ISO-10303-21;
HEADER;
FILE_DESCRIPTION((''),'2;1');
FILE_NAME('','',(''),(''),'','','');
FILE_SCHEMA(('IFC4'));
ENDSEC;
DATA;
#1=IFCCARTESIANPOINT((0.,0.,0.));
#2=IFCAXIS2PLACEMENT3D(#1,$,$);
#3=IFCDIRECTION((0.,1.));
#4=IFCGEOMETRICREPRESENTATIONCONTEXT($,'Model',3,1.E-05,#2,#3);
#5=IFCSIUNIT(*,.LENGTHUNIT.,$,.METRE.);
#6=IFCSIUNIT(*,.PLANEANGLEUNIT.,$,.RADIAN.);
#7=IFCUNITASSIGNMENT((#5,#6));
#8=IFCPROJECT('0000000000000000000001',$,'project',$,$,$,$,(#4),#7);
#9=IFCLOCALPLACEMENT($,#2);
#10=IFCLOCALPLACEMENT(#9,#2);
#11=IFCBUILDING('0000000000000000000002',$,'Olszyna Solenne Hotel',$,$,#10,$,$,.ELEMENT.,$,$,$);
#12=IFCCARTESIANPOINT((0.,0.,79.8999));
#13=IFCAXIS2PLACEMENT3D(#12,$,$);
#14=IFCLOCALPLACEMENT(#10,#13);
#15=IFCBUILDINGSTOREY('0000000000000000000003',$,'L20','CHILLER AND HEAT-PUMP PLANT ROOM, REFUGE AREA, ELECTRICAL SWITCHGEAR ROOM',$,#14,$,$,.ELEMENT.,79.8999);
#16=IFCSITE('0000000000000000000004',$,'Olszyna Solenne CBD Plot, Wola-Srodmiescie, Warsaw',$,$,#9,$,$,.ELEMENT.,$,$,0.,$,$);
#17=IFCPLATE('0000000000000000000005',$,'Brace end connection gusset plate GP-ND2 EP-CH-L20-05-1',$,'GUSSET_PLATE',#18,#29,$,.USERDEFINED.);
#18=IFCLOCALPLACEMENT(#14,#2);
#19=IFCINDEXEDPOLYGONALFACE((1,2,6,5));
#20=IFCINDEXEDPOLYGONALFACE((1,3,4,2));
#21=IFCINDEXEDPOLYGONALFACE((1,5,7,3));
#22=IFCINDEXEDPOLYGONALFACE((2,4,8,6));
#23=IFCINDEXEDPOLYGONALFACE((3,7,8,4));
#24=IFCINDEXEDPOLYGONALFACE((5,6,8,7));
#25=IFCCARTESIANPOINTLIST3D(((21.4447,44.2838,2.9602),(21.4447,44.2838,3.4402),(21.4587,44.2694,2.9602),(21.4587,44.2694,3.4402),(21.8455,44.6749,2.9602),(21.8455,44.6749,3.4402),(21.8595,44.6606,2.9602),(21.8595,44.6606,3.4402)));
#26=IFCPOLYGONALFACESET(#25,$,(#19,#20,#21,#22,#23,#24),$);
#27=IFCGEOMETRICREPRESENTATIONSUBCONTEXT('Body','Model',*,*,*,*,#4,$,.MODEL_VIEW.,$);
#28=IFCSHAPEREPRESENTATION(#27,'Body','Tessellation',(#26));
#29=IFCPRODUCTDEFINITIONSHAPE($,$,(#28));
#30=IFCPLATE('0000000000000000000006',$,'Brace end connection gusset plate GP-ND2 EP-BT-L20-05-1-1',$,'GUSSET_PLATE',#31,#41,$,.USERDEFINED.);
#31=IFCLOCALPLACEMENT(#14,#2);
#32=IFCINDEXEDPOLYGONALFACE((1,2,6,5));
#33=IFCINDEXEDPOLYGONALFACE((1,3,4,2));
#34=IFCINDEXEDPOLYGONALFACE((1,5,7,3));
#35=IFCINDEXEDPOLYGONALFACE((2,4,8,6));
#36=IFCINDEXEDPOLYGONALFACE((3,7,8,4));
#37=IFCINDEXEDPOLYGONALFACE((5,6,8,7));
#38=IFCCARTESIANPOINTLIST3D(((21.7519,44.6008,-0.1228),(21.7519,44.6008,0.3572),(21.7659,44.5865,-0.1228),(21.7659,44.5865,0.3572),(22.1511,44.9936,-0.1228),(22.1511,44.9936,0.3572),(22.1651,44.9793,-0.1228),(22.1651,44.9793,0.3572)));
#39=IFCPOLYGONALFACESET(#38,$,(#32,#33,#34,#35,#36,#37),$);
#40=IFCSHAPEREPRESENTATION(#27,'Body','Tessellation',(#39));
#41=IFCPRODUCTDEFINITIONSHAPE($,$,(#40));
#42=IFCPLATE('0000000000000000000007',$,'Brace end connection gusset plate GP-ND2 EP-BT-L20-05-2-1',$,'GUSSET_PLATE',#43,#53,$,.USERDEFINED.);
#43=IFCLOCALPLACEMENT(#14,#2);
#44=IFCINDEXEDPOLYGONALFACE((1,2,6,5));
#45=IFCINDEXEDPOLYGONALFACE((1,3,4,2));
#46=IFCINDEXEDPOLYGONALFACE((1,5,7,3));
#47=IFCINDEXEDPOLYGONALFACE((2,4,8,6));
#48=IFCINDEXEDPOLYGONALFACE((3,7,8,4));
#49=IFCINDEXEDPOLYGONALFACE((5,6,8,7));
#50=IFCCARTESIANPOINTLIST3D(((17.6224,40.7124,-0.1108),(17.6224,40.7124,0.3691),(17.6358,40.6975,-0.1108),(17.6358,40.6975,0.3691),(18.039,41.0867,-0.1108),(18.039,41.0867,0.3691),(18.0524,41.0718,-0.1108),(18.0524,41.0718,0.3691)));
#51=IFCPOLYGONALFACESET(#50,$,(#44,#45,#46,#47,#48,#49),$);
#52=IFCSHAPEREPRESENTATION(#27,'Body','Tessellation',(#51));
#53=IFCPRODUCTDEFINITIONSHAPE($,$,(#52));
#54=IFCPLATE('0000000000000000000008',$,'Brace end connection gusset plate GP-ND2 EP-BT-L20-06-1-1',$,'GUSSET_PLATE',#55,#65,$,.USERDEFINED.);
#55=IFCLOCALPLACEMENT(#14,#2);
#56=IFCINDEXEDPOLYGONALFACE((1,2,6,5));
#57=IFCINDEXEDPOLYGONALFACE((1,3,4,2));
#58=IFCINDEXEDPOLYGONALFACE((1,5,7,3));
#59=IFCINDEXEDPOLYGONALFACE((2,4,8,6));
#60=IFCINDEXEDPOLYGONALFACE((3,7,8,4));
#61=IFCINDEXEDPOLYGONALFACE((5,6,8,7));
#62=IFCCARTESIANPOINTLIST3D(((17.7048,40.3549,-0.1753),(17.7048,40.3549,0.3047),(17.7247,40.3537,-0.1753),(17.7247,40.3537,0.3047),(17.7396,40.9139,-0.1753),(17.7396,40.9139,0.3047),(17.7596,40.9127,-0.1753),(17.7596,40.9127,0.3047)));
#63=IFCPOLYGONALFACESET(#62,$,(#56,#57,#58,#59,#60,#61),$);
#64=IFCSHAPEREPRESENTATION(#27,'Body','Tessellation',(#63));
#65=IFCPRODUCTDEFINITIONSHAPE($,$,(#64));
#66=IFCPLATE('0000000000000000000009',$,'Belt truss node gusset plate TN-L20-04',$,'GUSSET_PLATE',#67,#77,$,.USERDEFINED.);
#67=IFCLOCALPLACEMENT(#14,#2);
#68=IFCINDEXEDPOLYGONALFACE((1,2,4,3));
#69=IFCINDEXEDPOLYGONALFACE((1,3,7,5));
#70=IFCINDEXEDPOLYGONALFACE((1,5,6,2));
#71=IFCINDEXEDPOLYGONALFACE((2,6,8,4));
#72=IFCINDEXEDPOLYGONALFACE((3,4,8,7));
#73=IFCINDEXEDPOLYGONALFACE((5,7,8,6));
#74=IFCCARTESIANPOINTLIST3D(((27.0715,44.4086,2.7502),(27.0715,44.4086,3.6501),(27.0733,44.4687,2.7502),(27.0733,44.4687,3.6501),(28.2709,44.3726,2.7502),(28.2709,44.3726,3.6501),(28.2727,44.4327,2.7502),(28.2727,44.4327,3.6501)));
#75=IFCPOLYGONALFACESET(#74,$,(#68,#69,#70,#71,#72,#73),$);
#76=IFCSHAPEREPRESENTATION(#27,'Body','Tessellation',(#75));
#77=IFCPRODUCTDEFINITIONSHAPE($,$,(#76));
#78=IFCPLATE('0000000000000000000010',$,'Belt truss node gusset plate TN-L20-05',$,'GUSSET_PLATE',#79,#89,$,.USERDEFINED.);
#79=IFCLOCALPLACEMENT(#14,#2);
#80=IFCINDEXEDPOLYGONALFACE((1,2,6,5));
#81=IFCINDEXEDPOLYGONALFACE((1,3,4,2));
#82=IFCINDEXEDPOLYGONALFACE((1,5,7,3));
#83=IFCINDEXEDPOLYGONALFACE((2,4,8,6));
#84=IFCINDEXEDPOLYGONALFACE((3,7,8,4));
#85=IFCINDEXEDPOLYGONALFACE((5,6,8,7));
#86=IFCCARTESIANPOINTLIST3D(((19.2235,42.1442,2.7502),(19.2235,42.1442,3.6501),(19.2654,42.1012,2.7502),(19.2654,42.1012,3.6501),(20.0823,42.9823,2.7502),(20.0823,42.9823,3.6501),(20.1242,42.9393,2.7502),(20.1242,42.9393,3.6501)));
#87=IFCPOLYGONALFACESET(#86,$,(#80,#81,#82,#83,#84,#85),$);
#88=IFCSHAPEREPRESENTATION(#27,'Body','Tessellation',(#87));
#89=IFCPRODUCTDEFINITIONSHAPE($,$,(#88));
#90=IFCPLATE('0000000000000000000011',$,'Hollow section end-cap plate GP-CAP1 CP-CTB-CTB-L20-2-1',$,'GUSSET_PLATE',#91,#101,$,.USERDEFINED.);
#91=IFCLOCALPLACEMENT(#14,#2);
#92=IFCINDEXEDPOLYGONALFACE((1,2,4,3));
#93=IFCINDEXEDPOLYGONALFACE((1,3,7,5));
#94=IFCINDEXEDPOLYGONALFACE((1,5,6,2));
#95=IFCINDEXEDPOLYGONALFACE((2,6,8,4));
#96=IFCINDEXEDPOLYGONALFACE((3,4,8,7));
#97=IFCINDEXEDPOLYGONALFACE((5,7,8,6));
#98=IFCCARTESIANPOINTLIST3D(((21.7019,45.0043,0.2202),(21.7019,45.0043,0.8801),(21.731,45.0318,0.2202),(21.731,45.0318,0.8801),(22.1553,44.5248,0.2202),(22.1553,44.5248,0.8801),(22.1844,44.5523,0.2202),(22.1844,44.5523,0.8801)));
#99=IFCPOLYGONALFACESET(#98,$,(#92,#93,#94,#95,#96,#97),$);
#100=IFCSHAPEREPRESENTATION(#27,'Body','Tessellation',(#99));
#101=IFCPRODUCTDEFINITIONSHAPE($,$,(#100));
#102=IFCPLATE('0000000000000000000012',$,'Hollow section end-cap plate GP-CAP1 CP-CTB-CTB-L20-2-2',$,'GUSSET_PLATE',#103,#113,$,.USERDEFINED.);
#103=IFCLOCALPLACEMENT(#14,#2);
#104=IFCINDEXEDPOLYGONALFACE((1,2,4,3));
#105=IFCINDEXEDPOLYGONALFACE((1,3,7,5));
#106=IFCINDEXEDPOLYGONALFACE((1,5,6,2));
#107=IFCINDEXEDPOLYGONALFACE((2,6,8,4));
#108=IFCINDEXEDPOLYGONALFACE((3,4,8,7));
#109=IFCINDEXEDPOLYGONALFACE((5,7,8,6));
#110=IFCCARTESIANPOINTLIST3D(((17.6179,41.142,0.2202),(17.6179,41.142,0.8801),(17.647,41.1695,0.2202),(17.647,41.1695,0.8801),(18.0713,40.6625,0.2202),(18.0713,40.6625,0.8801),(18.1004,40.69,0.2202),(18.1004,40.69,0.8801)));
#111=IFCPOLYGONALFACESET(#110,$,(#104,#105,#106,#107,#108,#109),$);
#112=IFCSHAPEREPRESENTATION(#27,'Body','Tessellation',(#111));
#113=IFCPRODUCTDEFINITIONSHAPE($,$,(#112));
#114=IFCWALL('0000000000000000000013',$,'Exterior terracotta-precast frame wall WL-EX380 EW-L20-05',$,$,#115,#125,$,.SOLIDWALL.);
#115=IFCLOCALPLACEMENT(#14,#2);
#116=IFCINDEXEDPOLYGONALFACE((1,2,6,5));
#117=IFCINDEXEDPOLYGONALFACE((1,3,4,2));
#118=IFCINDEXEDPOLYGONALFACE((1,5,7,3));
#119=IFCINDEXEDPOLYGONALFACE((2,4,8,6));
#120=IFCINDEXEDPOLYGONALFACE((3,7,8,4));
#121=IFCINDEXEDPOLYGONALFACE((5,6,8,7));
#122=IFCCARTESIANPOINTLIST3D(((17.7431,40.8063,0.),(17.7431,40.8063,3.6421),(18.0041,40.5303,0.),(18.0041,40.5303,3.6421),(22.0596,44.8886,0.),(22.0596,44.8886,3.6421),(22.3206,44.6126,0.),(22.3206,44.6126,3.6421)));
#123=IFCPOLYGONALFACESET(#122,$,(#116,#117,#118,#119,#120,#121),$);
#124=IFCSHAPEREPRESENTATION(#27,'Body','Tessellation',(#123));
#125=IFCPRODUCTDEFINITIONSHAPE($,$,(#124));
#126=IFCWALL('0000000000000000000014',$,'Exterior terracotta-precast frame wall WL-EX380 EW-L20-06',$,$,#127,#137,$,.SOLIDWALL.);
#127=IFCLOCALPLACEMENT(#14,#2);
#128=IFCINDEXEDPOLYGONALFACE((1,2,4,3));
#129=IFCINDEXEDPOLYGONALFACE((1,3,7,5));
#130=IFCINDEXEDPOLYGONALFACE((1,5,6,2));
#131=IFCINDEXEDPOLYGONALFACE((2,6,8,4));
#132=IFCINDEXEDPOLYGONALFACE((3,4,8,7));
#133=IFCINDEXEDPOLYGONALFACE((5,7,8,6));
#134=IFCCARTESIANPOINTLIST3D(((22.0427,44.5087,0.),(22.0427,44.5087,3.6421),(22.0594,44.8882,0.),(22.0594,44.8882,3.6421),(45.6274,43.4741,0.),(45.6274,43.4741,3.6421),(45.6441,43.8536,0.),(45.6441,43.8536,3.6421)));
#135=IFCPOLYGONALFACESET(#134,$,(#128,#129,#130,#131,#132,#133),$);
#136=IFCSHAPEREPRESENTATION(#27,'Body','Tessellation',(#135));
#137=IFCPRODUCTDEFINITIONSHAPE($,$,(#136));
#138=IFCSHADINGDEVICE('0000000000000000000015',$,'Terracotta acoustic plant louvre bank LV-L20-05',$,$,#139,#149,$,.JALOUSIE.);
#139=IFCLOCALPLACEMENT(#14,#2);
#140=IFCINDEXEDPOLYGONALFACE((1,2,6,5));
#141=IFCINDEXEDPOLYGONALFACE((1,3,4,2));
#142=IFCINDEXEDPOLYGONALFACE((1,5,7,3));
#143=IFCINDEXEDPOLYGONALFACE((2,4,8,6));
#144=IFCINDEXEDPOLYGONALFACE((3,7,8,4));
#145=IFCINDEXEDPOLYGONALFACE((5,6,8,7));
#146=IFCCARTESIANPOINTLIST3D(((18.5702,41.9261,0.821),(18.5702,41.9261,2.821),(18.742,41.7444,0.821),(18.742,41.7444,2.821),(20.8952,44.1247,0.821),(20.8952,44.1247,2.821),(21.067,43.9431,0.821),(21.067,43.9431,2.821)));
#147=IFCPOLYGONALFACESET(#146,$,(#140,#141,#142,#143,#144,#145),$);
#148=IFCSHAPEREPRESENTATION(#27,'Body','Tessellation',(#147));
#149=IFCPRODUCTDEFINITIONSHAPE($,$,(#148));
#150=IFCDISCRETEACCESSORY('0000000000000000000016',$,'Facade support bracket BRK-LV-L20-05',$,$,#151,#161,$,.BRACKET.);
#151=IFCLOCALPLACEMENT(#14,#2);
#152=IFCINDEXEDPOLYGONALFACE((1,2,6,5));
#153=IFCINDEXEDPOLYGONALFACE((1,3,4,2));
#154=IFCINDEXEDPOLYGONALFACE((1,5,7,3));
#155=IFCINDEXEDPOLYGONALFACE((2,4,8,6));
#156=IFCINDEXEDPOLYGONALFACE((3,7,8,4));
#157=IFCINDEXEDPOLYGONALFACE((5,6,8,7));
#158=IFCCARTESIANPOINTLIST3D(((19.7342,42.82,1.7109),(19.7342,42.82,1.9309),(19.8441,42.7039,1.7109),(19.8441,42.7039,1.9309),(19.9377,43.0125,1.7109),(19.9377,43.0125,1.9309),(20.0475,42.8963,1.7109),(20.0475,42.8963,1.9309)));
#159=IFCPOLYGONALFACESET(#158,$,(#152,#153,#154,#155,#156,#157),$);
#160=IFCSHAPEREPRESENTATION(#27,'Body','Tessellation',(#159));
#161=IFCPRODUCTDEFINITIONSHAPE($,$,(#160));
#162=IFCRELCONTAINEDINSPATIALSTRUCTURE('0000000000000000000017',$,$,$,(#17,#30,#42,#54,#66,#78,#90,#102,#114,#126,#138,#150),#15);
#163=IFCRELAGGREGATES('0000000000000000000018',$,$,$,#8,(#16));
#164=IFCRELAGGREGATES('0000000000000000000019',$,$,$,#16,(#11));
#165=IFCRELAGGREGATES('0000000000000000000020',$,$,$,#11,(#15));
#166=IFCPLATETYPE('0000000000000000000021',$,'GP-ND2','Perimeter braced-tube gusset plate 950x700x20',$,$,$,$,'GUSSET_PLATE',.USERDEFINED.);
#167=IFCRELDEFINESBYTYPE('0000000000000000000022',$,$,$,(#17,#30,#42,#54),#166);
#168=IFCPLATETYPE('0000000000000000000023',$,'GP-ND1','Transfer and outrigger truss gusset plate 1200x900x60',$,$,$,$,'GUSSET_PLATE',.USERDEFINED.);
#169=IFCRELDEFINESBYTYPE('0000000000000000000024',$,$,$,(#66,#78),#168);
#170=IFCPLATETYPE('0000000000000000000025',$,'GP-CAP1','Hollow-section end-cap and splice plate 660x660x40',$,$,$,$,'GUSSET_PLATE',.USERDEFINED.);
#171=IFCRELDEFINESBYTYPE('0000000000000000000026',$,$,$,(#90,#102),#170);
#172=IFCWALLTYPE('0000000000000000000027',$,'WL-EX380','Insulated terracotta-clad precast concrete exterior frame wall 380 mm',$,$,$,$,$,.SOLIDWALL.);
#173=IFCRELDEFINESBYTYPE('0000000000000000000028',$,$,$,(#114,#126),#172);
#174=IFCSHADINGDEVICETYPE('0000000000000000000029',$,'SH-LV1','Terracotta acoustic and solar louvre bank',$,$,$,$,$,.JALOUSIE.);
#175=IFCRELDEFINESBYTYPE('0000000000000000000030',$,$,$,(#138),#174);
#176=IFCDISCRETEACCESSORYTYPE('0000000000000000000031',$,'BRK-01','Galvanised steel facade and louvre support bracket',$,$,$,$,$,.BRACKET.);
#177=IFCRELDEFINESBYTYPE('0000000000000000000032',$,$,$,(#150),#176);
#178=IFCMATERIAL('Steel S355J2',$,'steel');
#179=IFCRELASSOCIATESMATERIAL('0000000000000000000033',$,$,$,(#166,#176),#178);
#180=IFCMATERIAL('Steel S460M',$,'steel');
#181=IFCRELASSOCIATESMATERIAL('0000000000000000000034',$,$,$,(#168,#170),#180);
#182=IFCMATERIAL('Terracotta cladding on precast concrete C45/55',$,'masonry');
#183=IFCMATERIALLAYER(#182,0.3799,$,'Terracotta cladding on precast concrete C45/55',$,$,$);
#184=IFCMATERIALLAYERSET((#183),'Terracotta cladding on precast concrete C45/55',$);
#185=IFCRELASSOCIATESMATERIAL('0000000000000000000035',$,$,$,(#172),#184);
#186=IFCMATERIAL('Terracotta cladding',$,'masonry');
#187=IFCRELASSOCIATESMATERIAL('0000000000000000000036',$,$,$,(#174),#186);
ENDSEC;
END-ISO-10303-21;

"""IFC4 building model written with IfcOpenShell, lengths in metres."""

from ifc_helpers import new_model, si_unit, direction, frame, frame_2d, origin, origin_2d, place, context, subcontext, project, spatial, rectangle, extrude, source, transform, mapped, material, layer, layer_set, type_object, element, save


model = new_model("IFC4")

# Units and contexts
model_context = context("Model", 3, precision=1e-05, world=origin(), true_north=direction((0.0, 1.0)))
body_context = subcontext(model_context, "Body", "Model", "MODEL_VIEW")
ifc_project = project(units=[si_unit("LENGTHUNIT", "METRE"), si_unit("PLANEANGLEUNIT", "RADIAN")], contexts=[model_context])

# Site, building, storey
site_placement = place(None, origin())
site = spatial("IfcSite", under=ifc_project, at=site_placement, Name="Olszyna Solenne CBD Plot, Wola-Srodmiescie, Warsaw", CompositionType="ELEMENT", RefElevation=0.0)
building_placement = place(site_placement, origin())
building = spatial("IfcBuilding", under=site, at=building_placement, Name="Olszyna Solenne Hotel", CompositionType="ELEMENT")
storey_placement = place(building_placement, frame((0.0, 0.0, 79.8999)))
storey = spatial("IfcBuildingStorey", under=building, at=storey_placement, Name="L20", Description="CHILLER AND HEAT-PUMP PLANT ROOM, REFUGE AREA, ELECTRICAL SWITCHGEAR ROOM", CompositionType="ELEMENT", Elevation=79.8999)

# Shared definitions
ifc_material_1 = material(Name="Steel S460M", Category="steel")

# Shared definitions
ifc_material_2 = material(Name="Steel S355J2", Category="steel")

# Plates
plate_type_1 = type_object("IfcPlateType", Name="GP-ND2", Description="Perimeter braced-tube gusset plate 950x700x20", ElementType="GUSSET_PLATE", PredefinedType="USERDEFINED", material=ifc_material_2)
shared_shape_1 = source(origin(), body_context, "Body", "SweptSolid", [
    extrude(rectangle(XDim=0.5601, YDim=0.02, at=origin_2d()), origin(), (0.0, 0.0, 1.0), 0.48),
])
for number, where, z_axis, x_axis, name in (
    (1, (21.6521, 44.4722, 2.9602), (0.0, 0.0, 1.0), (-0.715693, -0.698415, 0.0), "Brace end connection gusset plate GP-ND2 EP-CH-L20-05-1"),
    (2, (21.9585, 44.79, -0.1228), (0.0, 0.0, 1.0), (-0.712761, -0.701407, 0.0), "Brace end connection gusset plate GP-ND2 EP-BT-L20-05-1-1"),
    (3, (17.8374, 40.8921, -0.1108), (0.0, 0.0, 1.0), (0.743962, 0.668222, 0.0), "Brace end connection gusset plate GP-ND2 EP-BT-L20-05-2-1"),
    (4, (17.7322, 40.6338, -0.1753), (0.0, 0.0, 1.0), (-0.062268, -0.998059, 0.0), "Brace end connection gusset plate GP-ND2 EP-BT-L20-06-1-1"),
):
    element("IfcPlate", number, at=place(storey_placement, frame(where, z_axis=z_axis, x_axis=x_axis)), inside=storey, type_object=plate_type_1, Name=name, ObjectType="GUSSET_PLATE", PredefinedType="USERDEFINED", context=body_context, shape_type="MappedRepresentation", body=[
        mapped(shared_shape_1, transform((0.0, 0.0, 0.0), x_axis=(1.0, 0.0, 0.0), y_axis=(0.0, 1.0, 0.0), z_axis=(0.0, 0.0, 1.0), scale=1.0)),
    ])
plate_type_2 = type_object("IfcPlateType", Name="GP-ND1", Description="Transfer and outrigger truss gusset plate 1200x900x60", ElementType="GUSSET_PLATE", PredefinedType="USERDEFINED", material=ifc_material_1)
shared_shape_2 = source(origin(), body_context, "Body", "SweptSolid", [
    extrude(rectangle(XDim=1.2, YDim=0.0601, at=origin_2d()), origin(), (0.0, 0.0, 1.0), 0.8999),
])
for number, where, z_axis, x_axis, name in (
    (5, (27.6721, 44.4207, 2.7502), (0.0, 0.0, 1.0), (-0.999549, 0.030015, 0.0), "Belt truss node gusset plate TN-L20-04"),
    (6, (19.6738, 42.5417, 2.7502), (0.0, 0.0, 1.0), (-0.715693, -0.698415, 0.0), "Belt truss node gusset plate TN-L20-05"),
):
    element("IfcPlate", number, at=place(storey_placement, frame(where, z_axis=z_axis, x_axis=x_axis)), inside=storey, type_object=plate_type_2, Name=name, ObjectType="GUSSET_PLATE", PredefinedType="USERDEFINED", context=body_context, shape_type="MappedRepresentation", body=[
        mapped(shared_shape_2, transform((0.0, 0.0, 0.0), x_axis=(1.0, 0.0, 0.0), y_axis=(0.0, 1.0, 0.0), z_axis=(0.0, 0.0, 1.0), scale=1.0)),
    ])
plate_type_3 = type_object("IfcPlateType", Name="GP-CAP1", Description="Hollow-section end-cap and splice plate 660x660x40", ElementType="GUSSET_PLATE", PredefinedType="USERDEFINED", material=ifc_material_1)
shared_shape_3 = source(origin(), body_context, "Body", "SweptSolid", [
    extrude(rectangle(XDim=0.04, YDim=0.6599, at=origin_2d()), origin(), (0.0, 0.0, 1.0), 0.6599),
])
for number, where, z_axis, x_axis, name in (
    (7, (21.9431, 44.7783, 0.2202), (0.0, 0.0, 1.0), (-0.726575, -0.687088, 0.0), "Hollow section end-cap plate GP-CAP1 CP-CTB-CTB-L20-2-1"),
    (8, (17.8591, 40.916, 0.2202), (0.0, 0.0, 1.0), (-0.726575, -0.687088, 0.0), "Hollow section end-cap plate GP-CAP1 CP-CTB-CTB-L20-2-2"),
):
    element("IfcPlate", number, at=place(storey_placement, frame(where, z_axis=z_axis, x_axis=x_axis)), inside=storey, type_object=plate_type_3, Name=name, ObjectType="GUSSET_PLATE", PredefinedType="USERDEFINED", context=body_context, shape_type="MappedRepresentation", body=[
        mapped(shared_shape_3, transform((0.0, 0.0, 0.0), x_axis=(1.0, 0.0, 0.0), y_axis=(0.0, 1.0, 0.0), z_axis=(0.0, 0.0, 1.0), scale=1.0)),
    ])

# Walls
ifc_material_3 = material(Name="Terracotta cladding on precast concrete C45/55", Category="masonry")
ifc_layer = layer(ifc_material_3, 0.3799, Name="Terracotta cladding on precast concrete C45/55")
ifc_layer_set = layer_set([ifc_layer], Name="Terracotta cladding on precast concrete C45/55")
wall_type = type_object("IfcWallType", Name="WL-EX380", Description="Insulated terracotta-clad precast concrete exterior frame wall 380 mm", PredefinedType="SOLIDWALL", material=ifc_layer_set)
wall_1_placement = place(storey_placement, frame((17.8735, 40.6682, 0.0), z_axis=(0.0, 0.0, 1.0), x_axis=(0.726537, 0.687128, 0.0)))
element("IfcWall", 9, at=wall_1_placement, inside=storey, type_object=wall_type, Name="Exterior terracotta-precast frame wall WL-EX380 EW-L20-05", PredefinedType="SOLIDWALL", context=body_context, shape_type="SweptSolid", body=[
    extrude(rectangle(XDim=5.9412, YDim=0.3799, at=frame_2d((2.9707, 0.0))), origin(), (0.0, 0.0, 1.0), 3.6421),
])
wall_2_placement = place(storey_placement, frame((22.051, 44.6985, 0.0), z_axis=(0.0, 0.0, 1.0), x_axis=(0.999039, -0.043828, 0.0)))
element("IfcWall", 10, at=wall_2_placement, inside=storey, type_object=wall_type, Name="Exterior terracotta-precast frame wall WL-EX380 EW-L20-06", PredefinedType="SOLIDWALL", context=body_context, shape_type="SweptSolid", body=[
    extrude(rectangle(XDim=23.6074, YDim=0.3799, at=frame_2d((11.8037, 0.0))), origin(), (0.0, 0.0, 1.0), 3.6421),
])

# Shading device
ifc_material_4 = material(Name="Terracotta cladding", Category="masonry")
shading_device_type = type_object("IfcShadingDeviceType", Name="SH-LV1", Description="Terracotta acoustic and solar louvre bank", PredefinedType="JALOUSIE", material=ifc_material_4)
shared_shape_4 = source(origin(), body_context, "Body", "SweptSolid", [
    extrude(rectangle(XDim=3.2, YDim=0.25, at=origin_2d()), origin(), (0.0, 0.0, 1.0), 2.0),
])
shading_device_placement = place(storey_placement, frame((19.8186, 42.9346, 0.821), z_axis=(0.0, 0.0, 1.0), x_axis=(0.726575, 0.687088, 0.0)))
element("IfcShadingDevice", 11, at=shading_device_placement, inside=storey, type_object=shading_device_type, Name="Terracotta acoustic plant louvre bank LV-L20-05", PredefinedType="JALOUSIE", context=body_context, shape_type="MappedRepresentation", body=[
    mapped(shared_shape_4, transform((0.0, 0.0, 0.0), x_axis=(1.0, 0.0, 0.0), y_axis=(0.0, 1.0, 0.0), z_axis=(0.0, 0.0, 1.0), scale=1.0)),
])

# Discrete accessory
discrete_accessory_type = type_object("IfcDiscreteAccessoryType", Name="BRK-01", Description="Galvanised steel facade and louvre support bracket", PredefinedType="BRACKET", material=ifc_material_2)
shared_shape_5 = source(origin(), body_context, "Body", "SweptSolid", [
    extrude(rectangle(XDim=0.28, YDim=0.1599, at=origin_2d()), origin(), (0.0, 0.0, 1.0), 0.22),
])
discrete_accessory_placement = place(storey_placement, frame((19.8909, 42.8582, 1.7109), z_axis=(0.0, 0.0, 1.0), x_axis=(0.726575, 0.687088, 0.0)))
element("IfcDiscreteAccessory", 12, at=discrete_accessory_placement, inside=storey, type_object=discrete_accessory_type, Name="Facade support bracket BRK-LV-L20-05", PredefinedType="BRACKET", context=body_context, shape_type="MappedRepresentation", body=[
    mapped(shared_shape_5, transform((0.0, 0.0, 0.0), x_axis=(1.0, 0.0, 0.0), y_axis=(0.0, 1.0, 0.0), z_axis=(0.0, 0.0, 1.0), scale=1.0)),
])

save(model, "model.ifc")
